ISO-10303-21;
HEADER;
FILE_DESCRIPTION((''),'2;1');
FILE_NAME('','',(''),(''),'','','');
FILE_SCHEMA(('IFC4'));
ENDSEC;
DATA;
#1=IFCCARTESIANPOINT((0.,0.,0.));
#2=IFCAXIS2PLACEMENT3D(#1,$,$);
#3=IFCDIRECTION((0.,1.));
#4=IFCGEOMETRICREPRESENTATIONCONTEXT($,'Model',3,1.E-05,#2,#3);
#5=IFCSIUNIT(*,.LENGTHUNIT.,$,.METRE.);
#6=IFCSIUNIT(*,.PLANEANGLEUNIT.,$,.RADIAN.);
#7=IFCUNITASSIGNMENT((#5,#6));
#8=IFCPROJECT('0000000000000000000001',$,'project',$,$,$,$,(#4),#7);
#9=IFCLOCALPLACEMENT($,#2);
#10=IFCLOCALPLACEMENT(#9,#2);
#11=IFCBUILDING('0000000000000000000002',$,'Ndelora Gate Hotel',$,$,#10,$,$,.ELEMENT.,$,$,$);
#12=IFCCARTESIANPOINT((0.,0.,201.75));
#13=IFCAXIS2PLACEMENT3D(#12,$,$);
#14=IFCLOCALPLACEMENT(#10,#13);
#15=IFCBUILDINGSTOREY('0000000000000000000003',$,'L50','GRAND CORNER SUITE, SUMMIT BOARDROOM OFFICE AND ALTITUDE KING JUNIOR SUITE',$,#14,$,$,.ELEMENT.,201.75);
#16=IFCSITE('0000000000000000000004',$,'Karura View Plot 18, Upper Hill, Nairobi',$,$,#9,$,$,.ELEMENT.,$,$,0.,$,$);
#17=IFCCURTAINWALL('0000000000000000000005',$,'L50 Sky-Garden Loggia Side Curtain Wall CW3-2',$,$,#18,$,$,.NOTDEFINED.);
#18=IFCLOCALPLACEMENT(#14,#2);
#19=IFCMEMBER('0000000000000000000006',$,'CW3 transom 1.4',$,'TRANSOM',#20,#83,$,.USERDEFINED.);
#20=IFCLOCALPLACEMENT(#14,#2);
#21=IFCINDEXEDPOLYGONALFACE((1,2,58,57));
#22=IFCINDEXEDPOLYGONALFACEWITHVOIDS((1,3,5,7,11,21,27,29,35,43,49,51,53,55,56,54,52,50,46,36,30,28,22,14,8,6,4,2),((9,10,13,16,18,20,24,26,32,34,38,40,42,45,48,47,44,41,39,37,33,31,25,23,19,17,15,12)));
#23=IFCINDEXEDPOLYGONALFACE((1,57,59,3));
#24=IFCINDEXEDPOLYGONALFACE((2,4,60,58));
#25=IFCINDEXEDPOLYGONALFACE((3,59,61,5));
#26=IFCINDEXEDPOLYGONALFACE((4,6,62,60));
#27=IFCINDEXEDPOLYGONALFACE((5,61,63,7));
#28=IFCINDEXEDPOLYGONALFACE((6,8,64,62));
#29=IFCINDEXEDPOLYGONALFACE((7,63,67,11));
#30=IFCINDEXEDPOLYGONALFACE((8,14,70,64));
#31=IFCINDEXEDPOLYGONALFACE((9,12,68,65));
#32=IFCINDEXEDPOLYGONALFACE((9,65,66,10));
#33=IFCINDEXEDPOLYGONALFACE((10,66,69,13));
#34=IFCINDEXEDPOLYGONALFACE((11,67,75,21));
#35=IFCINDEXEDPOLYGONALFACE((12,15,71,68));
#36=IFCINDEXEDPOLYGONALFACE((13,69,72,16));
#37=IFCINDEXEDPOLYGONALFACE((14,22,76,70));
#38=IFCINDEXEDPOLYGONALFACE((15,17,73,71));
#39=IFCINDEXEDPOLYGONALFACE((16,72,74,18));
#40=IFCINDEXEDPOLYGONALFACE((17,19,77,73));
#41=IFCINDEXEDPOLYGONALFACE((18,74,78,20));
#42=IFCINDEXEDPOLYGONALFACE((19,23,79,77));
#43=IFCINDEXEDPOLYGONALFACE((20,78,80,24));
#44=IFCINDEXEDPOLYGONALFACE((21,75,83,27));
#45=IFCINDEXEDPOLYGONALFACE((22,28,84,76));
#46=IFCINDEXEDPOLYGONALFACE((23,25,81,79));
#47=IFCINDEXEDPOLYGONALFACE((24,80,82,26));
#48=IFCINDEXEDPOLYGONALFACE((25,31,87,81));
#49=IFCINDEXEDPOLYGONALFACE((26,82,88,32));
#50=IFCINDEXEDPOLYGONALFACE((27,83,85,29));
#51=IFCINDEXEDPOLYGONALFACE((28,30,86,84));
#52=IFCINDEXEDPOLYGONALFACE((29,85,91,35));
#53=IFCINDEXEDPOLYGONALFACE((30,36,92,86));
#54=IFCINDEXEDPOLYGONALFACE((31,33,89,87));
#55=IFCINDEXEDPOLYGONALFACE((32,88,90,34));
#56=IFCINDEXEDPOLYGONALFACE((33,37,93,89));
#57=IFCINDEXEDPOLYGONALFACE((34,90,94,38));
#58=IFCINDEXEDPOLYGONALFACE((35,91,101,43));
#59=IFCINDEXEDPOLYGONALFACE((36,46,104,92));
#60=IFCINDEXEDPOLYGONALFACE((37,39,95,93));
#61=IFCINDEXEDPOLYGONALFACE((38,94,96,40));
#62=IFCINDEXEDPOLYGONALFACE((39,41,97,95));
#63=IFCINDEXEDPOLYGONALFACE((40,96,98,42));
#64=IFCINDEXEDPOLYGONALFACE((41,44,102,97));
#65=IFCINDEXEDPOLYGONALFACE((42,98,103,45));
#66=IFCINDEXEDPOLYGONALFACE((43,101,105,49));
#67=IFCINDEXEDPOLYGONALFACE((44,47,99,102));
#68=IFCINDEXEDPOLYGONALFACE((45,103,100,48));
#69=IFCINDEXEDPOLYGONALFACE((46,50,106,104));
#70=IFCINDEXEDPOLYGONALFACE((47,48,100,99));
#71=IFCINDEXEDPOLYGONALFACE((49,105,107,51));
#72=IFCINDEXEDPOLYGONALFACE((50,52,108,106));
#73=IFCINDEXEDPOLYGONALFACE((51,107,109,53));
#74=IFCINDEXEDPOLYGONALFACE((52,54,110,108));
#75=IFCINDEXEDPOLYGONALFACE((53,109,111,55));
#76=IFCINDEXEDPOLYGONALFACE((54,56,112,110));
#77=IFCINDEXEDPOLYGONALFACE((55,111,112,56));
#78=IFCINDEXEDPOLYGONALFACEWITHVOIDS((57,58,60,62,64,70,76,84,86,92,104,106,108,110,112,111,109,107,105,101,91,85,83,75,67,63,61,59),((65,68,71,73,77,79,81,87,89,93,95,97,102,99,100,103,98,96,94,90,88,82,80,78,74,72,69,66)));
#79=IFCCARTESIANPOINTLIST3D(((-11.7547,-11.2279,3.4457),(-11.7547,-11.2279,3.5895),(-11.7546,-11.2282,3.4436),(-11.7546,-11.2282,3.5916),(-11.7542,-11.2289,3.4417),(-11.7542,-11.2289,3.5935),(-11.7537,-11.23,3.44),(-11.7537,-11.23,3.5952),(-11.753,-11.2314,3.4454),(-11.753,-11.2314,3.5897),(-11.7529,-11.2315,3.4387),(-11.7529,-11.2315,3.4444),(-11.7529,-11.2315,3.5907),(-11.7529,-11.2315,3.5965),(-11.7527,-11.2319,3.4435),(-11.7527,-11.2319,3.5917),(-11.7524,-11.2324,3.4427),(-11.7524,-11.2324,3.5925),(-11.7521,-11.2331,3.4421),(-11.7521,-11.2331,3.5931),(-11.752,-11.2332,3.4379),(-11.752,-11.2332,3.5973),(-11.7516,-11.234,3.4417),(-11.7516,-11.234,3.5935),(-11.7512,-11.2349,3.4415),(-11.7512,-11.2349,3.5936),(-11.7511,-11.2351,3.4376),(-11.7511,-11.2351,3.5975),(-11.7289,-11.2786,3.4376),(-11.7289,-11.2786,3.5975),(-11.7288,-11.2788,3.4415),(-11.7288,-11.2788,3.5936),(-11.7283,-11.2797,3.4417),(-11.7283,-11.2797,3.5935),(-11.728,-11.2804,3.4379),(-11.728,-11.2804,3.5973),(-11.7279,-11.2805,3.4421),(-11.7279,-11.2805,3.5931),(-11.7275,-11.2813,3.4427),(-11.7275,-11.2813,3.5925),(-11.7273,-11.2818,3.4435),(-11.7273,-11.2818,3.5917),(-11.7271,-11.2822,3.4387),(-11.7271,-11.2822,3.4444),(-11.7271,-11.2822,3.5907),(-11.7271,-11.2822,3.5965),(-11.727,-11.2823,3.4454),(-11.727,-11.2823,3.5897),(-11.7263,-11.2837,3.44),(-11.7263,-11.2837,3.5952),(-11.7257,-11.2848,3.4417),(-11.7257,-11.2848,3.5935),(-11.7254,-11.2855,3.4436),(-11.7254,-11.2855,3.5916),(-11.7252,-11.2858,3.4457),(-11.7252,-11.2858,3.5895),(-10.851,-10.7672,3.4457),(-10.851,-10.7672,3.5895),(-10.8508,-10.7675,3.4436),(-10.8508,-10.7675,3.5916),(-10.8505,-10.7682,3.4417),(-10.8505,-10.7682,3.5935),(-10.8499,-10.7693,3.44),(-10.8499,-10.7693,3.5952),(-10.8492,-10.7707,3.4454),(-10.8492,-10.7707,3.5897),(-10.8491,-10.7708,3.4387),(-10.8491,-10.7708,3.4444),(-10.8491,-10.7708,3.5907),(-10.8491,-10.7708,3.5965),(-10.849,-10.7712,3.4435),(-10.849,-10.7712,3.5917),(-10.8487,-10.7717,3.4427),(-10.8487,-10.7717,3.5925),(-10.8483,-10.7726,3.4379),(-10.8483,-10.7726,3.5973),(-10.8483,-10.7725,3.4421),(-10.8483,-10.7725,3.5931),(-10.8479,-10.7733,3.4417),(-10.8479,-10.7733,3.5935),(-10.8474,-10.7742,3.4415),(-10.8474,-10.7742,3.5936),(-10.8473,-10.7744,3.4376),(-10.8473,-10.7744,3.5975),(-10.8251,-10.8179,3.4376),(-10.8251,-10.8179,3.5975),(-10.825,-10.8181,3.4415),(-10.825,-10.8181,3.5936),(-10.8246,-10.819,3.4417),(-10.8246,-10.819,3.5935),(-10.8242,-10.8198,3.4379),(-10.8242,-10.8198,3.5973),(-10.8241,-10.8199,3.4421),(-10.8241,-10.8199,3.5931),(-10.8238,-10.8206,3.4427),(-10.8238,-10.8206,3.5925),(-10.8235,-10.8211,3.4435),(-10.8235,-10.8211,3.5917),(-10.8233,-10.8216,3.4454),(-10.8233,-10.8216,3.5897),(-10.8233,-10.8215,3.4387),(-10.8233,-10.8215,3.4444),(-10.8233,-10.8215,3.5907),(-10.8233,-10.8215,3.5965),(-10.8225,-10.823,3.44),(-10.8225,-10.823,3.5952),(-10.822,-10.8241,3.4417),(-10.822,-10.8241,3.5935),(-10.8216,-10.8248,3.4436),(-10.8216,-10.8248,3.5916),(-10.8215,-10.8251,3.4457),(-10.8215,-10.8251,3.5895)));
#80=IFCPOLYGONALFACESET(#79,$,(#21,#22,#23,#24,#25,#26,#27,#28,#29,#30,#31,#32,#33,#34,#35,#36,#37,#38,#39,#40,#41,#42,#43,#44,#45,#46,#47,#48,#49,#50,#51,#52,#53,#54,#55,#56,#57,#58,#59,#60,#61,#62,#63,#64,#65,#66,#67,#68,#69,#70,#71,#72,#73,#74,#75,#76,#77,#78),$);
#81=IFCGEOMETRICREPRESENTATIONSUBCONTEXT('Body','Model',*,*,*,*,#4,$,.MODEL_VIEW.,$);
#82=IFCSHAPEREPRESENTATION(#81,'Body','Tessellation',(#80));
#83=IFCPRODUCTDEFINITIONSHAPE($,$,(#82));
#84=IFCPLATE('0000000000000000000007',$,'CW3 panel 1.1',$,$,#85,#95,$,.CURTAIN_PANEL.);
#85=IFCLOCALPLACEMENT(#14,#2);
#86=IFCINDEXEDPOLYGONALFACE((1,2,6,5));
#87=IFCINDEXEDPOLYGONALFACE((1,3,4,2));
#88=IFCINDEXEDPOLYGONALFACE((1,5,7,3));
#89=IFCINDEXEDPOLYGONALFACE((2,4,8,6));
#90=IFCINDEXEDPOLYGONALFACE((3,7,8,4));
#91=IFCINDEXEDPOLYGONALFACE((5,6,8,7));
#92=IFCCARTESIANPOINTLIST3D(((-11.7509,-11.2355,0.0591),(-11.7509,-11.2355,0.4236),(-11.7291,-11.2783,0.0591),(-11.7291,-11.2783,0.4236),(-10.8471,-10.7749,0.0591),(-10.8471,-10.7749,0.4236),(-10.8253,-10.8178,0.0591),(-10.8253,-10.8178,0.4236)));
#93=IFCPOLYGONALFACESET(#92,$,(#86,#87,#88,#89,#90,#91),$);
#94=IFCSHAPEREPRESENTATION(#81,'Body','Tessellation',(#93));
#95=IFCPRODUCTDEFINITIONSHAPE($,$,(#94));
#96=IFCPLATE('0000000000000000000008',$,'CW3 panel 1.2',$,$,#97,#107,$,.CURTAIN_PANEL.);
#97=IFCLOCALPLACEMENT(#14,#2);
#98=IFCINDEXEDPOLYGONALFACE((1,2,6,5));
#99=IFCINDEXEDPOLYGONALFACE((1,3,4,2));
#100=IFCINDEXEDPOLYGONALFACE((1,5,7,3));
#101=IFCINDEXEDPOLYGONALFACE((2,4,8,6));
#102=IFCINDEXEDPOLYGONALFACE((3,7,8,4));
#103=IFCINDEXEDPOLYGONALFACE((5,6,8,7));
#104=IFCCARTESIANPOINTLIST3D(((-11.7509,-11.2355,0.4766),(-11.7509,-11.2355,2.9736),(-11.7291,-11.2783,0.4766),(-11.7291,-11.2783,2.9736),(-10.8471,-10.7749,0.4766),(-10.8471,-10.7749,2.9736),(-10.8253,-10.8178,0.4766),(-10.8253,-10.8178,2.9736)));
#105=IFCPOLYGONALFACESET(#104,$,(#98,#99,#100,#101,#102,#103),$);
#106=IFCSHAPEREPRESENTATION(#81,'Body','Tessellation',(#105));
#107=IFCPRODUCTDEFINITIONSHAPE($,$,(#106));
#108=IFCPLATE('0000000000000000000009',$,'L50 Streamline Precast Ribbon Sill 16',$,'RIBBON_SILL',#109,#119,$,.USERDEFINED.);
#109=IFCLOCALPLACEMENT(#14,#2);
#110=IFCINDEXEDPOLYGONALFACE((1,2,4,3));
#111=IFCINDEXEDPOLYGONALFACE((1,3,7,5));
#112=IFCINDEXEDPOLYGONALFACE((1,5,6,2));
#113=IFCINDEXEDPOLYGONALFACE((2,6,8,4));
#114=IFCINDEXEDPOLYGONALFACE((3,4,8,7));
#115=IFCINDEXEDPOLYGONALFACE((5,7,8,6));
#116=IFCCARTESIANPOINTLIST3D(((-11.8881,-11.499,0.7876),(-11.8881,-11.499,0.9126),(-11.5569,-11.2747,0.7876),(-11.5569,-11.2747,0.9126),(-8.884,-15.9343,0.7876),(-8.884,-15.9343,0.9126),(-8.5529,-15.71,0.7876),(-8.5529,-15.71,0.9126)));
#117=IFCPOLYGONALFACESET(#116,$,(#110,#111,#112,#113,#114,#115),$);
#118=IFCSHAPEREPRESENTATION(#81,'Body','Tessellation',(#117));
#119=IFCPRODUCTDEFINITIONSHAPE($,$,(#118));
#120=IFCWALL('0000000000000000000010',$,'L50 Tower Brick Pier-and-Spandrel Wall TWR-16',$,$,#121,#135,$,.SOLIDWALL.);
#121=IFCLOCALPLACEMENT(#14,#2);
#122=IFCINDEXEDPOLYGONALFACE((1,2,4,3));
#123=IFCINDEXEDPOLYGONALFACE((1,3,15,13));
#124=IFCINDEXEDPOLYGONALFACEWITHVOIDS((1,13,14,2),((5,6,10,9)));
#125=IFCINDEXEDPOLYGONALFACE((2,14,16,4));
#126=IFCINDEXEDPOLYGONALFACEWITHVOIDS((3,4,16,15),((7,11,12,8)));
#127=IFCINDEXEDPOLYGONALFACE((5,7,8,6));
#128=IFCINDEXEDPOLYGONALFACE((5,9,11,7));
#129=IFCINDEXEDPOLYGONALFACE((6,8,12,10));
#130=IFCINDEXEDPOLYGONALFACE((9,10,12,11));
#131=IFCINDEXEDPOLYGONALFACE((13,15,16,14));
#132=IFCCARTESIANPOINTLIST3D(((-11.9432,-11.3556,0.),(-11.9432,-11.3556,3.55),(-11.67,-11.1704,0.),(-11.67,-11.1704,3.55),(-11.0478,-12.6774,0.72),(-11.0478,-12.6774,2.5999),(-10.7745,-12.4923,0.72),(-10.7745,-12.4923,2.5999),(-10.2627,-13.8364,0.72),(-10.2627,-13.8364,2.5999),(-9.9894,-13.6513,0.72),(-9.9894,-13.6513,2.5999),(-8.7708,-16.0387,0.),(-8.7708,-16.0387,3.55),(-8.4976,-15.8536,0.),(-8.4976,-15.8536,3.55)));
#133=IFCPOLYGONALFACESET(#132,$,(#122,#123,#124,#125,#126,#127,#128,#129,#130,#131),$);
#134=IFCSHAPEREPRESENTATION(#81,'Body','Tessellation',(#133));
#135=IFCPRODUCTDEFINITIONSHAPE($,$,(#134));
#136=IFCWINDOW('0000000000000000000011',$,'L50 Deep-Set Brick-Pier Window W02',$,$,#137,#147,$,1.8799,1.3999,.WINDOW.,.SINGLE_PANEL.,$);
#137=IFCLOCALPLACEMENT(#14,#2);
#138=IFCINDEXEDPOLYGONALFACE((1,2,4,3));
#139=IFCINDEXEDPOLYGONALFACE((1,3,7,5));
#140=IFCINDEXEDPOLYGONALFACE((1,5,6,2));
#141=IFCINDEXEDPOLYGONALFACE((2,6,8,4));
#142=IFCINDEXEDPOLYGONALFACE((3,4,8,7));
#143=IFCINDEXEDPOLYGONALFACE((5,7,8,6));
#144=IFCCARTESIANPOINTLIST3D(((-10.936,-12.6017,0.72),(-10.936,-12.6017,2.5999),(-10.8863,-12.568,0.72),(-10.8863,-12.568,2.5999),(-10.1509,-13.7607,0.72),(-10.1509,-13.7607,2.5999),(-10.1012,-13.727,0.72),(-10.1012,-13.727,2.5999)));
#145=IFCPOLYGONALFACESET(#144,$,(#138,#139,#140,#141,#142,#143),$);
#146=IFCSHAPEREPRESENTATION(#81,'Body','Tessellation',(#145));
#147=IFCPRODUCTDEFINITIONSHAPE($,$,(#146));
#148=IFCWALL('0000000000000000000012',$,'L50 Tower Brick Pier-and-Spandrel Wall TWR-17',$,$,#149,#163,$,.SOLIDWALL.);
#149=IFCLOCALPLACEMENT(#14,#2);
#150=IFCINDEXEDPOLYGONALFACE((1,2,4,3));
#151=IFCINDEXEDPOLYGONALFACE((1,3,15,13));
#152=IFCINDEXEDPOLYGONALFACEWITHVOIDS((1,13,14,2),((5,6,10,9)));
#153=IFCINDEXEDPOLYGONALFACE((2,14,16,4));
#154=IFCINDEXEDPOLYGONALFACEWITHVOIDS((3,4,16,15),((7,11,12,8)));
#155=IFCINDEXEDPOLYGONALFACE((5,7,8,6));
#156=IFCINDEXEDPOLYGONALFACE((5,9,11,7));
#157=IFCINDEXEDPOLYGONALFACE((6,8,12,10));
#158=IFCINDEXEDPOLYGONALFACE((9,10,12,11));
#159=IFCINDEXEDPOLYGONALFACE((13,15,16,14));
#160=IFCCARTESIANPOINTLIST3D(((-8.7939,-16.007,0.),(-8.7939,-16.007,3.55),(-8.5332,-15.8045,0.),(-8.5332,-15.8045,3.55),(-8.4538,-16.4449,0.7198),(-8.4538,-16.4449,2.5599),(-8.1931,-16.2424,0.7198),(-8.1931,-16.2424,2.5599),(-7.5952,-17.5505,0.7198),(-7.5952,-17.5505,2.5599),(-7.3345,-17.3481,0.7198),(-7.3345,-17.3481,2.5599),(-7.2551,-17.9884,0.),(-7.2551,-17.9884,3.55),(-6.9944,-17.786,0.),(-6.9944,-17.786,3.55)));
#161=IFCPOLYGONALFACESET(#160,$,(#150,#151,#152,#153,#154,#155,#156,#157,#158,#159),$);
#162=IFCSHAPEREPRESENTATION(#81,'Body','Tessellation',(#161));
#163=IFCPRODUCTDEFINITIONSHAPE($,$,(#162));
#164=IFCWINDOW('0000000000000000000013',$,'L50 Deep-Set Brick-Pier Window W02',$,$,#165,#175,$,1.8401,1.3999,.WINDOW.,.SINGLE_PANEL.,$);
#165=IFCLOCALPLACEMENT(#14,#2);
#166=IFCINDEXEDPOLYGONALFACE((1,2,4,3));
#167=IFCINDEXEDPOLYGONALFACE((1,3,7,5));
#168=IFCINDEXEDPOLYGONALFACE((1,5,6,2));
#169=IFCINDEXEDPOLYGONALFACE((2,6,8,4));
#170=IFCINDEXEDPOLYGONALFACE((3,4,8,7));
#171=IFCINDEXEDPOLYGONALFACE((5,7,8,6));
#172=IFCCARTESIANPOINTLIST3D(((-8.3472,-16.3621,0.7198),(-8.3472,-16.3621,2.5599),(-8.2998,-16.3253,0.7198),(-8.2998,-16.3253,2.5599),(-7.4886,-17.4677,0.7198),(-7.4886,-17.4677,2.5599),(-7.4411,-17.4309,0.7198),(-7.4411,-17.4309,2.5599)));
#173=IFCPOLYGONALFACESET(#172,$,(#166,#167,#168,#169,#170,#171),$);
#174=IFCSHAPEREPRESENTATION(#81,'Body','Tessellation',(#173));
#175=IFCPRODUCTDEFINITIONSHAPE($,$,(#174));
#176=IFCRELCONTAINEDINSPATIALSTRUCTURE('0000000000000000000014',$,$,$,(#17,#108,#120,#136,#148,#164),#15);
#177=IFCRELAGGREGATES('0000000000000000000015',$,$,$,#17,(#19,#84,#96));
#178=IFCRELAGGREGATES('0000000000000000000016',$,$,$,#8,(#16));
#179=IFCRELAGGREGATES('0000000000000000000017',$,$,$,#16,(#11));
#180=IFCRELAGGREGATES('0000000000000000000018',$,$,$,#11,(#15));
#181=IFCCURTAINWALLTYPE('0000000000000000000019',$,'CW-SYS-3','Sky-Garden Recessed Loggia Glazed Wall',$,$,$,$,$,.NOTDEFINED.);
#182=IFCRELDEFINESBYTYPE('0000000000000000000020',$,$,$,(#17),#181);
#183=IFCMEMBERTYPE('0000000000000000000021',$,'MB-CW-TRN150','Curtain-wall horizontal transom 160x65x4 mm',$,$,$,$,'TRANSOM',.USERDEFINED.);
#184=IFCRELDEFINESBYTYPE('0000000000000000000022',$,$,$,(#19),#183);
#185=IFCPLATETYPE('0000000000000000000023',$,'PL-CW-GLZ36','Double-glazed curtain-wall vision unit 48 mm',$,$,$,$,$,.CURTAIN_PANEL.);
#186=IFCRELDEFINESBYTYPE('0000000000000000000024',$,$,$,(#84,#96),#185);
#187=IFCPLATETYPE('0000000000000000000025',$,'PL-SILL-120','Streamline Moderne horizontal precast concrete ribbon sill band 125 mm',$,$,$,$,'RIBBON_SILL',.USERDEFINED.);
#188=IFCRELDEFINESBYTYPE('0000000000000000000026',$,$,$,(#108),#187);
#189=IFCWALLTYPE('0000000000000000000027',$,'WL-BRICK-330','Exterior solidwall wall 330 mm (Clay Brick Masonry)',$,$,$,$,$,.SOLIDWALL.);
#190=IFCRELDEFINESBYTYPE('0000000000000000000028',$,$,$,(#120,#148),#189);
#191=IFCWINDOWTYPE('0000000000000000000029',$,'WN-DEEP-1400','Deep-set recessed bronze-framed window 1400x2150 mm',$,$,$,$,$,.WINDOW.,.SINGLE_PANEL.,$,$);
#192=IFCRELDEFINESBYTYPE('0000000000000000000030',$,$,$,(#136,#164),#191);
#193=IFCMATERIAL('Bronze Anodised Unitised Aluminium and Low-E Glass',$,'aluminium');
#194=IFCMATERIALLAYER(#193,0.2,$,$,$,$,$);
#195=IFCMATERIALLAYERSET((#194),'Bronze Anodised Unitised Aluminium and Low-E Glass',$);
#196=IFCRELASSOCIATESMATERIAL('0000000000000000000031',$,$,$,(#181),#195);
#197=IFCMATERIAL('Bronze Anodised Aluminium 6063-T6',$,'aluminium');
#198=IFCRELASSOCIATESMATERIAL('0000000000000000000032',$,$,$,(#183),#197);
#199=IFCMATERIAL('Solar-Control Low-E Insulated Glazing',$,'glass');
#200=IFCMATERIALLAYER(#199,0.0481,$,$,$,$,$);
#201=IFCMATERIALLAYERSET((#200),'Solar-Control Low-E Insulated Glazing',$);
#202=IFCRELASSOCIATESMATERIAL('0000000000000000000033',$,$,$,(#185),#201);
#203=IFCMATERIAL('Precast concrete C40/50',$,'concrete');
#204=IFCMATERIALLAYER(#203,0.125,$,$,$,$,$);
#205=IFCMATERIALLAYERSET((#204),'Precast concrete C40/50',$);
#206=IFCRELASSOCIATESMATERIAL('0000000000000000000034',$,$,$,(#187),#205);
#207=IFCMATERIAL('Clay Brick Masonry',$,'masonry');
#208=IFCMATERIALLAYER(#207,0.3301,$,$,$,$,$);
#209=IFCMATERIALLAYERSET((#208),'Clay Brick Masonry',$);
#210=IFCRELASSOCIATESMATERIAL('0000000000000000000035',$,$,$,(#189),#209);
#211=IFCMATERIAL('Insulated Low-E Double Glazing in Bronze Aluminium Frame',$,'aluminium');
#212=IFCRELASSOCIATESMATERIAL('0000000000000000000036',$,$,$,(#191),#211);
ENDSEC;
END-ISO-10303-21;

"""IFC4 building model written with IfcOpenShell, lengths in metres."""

from ifc_helpers import new_model, si_unit, direction, frame, frame_2d, origin, origin_2d, place, context, subcontext, project, spatial, rectangle, hollow_rectangle, extrude, material, layer, layer_set, material_profile, profile_set, type_object, element, fill, aggregate, save


model = new_model("IFC4")

# Units and contexts
model_context = context("Model", 3, precision=1e-05, world=origin(), true_north=direction((0.0, 1.0)))
body_context = subcontext(model_context, "Body", "Model", "MODEL_VIEW")
ifc_project = project(units=[si_unit("LENGTHUNIT", "METRE"), si_unit("PLANEANGLEUNIT", "RADIAN")], contexts=[model_context])

# Site, building, storey
site_placement = place(None, origin())
site = spatial("IfcSite", under=ifc_project, at=site_placement, Name="Karura View Plot 18, Upper Hill, Nairobi", CompositionType="ELEMENT", RefElevation=0.0)
building_placement = place(site_placement, origin())
building = spatial("IfcBuilding", under=site, at=building_placement, Name="Ndelora Gate Hotel", CompositionType="ELEMENT")
storey_placement = place(building_placement, frame((0.0, 0.0, 201.75)))
storey = spatial("IfcBuildingStorey", under=building, at=storey_placement, Name="L50", Description="GRAND CORNER SUITE, SUMMIT BOARDROOM OFFICE AND ALTITUDE KING JUNIOR SUITE", CompositionType="ELEMENT", Elevation=201.75)

# Curtain wall, member, plates
ifc_material_1 = material(Name="Bronze Anodised Unitised Aluminium and Low-E Glass", Category="aluminium")
ifc_layer_1 = layer(ifc_material_1, 0.2)
ifc_layer_set_1 = layer_set([ifc_layer_1], Name="Bronze Anodised Unitised Aluminium and Low-E Glass")
curtain_wall_type = type_object("IfcCurtainWallType", Name="CW-SYS-3", Description="Sky-Garden Recessed Loggia Glazed Wall", PredefinedType="NOTDEFINED", material=ifc_layer_set_1)
curtain_wall_placement = place(storey_placement, origin())
curtain_wall = element("IfcCurtainWall", 1, at=curtain_wall_placement, inside=storey, type_object=curtain_wall_type, Name="L50 Sky-Garden Loggia Side Curtain Wall CW3-2", PredefinedType="NOTDEFINED")
ifc_material_2 = material(Name="Bronze Anodised Aluminium 6063-T6", Category="aluminium")
ifc_material_profile_1 = material_profile(ifc_material_2, hollow_rectangle(XDim=0.0649, YDim=0.1599, WallThickness=0.0039, InnerFilletRadius=0.0039, OuterFilletRadius=0.0081, at=origin_2d()), Name="ALU 160x65x4")
ifc_profile_set_1 = profile_set([ifc_material_profile_1], Name="Bronze Anodised Aluminium 6063-T6")
member_type_1 = type_object("IfcMemberType", Name="MB-CW-TRN150", Description="Curtain-wall horizontal transom 160x65x4 mm", ElementType="TRANSOM", PredefinedType="USERDEFINED", material=ifc_profile_set_1)
member_1_placement = place(storey_placement, frame((-11.74, -11.2568, 3.5176), z_axis=(0.890935, 0.454131, 0.0), x_axis=(-0.454131, 0.890935, 0.0)))
member_1 = element("IfcMember", 2, at=member_1_placement, type_object=member_type_1, Name="CW3 transom 1.4", ObjectType="TRANSOM", PredefinedType="USERDEFINED", context=body_context, shape_type="SweptSolid", body=[
    extrude(hollow_rectangle(XDim=0.0649, YDim=0.1599, WallThickness=0.0039, InnerFilletRadius=0.0039, OuterFilletRadius=0.0081, at=origin_2d()), origin(), (0.0, 0.0, 1.0), 1.0144),
])
ifc_material_3 = material(Name="Solar-Control Low-E Insulated Glazing", Category="glass")
ifc_layer_2 = layer(ifc_material_3, 0.0481)
ifc_layer_set_2 = layer_set([ifc_layer_2], Name="Solar-Control Low-E Insulated Glazing")
plate_type_1 = type_object("IfcPlateType", Name="PL-CW-GLZ36", Description="Double-glazed curtain-wall vision unit 48 mm", PredefinedType="CURTAIN_PANEL", material=ifc_layer_set_2)
plate_1_placement = place(storey_placement, frame((-11.2881, -11.0266, 0.0591), z_axis=(0.0, 0.0, 1.0), x_axis=(0.891001, 0.454001, 0.0)))
plate_1 = element("IfcPlate", 3, at=plate_1_placement, type_object=plate_type_1, Name="CW3 panel 1.1", PredefinedType="CURTAIN_PANEL", context=body_context, shape_type="SweptSolid", body=[
    extrude(rectangle(XDim=1.0144, YDim=0.0481, at=origin_2d()), origin(), (0.0, 0.0, 1.0), 0.3645),
])
plate_2_placement = place(storey_placement, frame((-11.2881, -11.0266, 0.4766), z_axis=(0.0, 0.0, 1.0), x_axis=(0.891001, 0.454001, 0.0)))
plate_2 = element("IfcPlate", 4, at=plate_2_placement, type_object=plate_type_1, Name="CW3 panel 1.2", PredefinedType="CURTAIN_PANEL", context=body_context, shape_type="SweptSolid", body=[
    extrude(rectangle(XDim=1.0144, YDim=0.0481, at=origin_2d()), origin(), (0.0, 0.0, 1.0), 2.4971),
])
aggregate(curtain_wall, [member_1, plate_1, plate_2])

# Plate
ifc_material_4 = material(Name="Precast concrete C40/50", Category="concrete")
ifc_layer_3 = layer(ifc_material_4, 0.125)
ifc_layer_set_3 = layer_set([ifc_layer_3], Name="Precast concrete C40/50")
plate_type_2 = type_object("IfcPlateType", Name="PL-SILL-120", Description="Streamline Moderne horizontal precast concrete ribbon sill band 125 mm", ElementType="RIBBON_SILL", PredefinedType="USERDEFINED", material=ifc_layer_set_3)
plate_3_placement = place(storey_placement, frame((-10.2205, -13.6045, 0.7876), z_axis=(0.0, 0.0, 1.0), x_axis=(-0.560784, 0.827962, 0.0)))
element("IfcPlate", 5, at=plate_3_placement, inside=storey, type_object=plate_type_2, Name="L50 Streamline Precast Ribbon Sill 16", ObjectType="RIBBON_SILL", PredefinedType="USERDEFINED", context=body_context, shape_type="SweptSolid", body=[
    extrude(rectangle(XDim=5.3569, YDim=0.3999, at=origin_2d()), origin(), (0.0, 0.0, 1.0), 0.125),
])

# Walls, openings, windows
ifc_material_5 = material(Name="Clay Brick Masonry", Category="masonry")
ifc_layer_4 = layer(ifc_material_5, 0.3301)
ifc_layer_set_4 = layer_set([ifc_layer_4], Name="Clay Brick Masonry")
wall_type = type_object("IfcWallType", Name="WL-BRICK-330", Description="Exterior solidwall wall 330 mm (Clay Brick Masonry)", PredefinedType="SOLIDWALL", material=ifc_layer_set_4)
wall_1_placement = place(storey_placement, frame((-8.6343, -15.946, 0.0), z_axis=(0.0, 0.0, 1.0), x_axis=(-0.560841, 0.827924, 0.0)))
wall_1 = element("IfcWall", 6, at=wall_1_placement, inside=storey, type_object=wall_type, Name="L50 Tower Brick Pier-and-Spandrel Wall TWR-16", PredefinedType="SOLIDWALL", context=body_context, shape_type="SweptSolid", body=[
    extrude(rectangle(XDim=5.6565, YDim=0.3301, at=frame_2d((2.8281, 0.0))), origin(), (0.0, 0.0, 1.0), 3.55),
])
opening_1_placement = place(wall_1_placement, frame((2.6599, 0.0, 0.72)))
opening_1 = element("IfcOpeningElement", 7, at=opening_1_placement, cuts=wall_1, PredefinedType="OPENING", context=body_context, shape_type="SweptSolid", body=[
    extrude(rectangle(XDim=1.3999, YDim=1.8799, at=frame_2d((0.7, 0.9399))), frame((0.0, 0.175, 0.0), z_axis=(0.0, -1.0, 0.0), x_axis=(1.0, 0.0, 0.0)), (0.0, 0.0, 1.0), 0.3501),
])
ifc_material_6 = material(Name="Insulated Low-E Double Glazing in Bronze Aluminium Frame", Category="aluminium")
window_type = type_object("IfcWindowType", Name="WN-DEEP-1400", Description="Deep-set recessed bronze-framed window 1400x2150 mm", PartitioningType="SINGLE_PANEL", PredefinedType="WINDOW", material=ifc_material_6)
window_1_placement = place(opening_1_placement, origin())
window_1 = element("IfcWindow", 8, at=window_1_placement, inside=storey, type_object=window_type, Name="L50 Deep-Set Brick-Pier Window W02", OverallHeight=1.8799, OverallWidth=1.3999, PartitioningType="SINGLE_PANEL", PredefinedType="WINDOW", context=body_context, shape_type="SweptSolid", body=[
    extrude(rectangle(XDim=1.3999, YDim=1.8799, at=frame_2d((0.7, 0.9399))), frame((0.0, 0.03, 0.0), z_axis=(0.0, -1.0, 0.0), x_axis=(1.0, 0.0, 0.0)), (0.0, 0.0, 1.0), 0.0601),
])
fill(opening_1, window_1)
wall_2_placement = place(storey_placement, frame((-7.1248, -17.8872, 0.0), z_axis=(0.0, 0.0, 1.0), x_axis=(-0.613368, 0.789797, 0.0)))
wall_2 = element("IfcWall", 9, at=wall_2_placement, inside=storey, type_object=wall_type, Name="L50 Tower Brick Pier-and-Spandrel Wall TWR-17", PredefinedType="SOLIDWALL", context=body_context, shape_type="SweptSolid", body=[
    extrude(rectangle(XDim=2.5088, YDim=0.3301, at=frame_2d((1.2544, 0.0))), origin(), (0.0, 0.0, 1.0), 3.55),
])
opening_2_placement = place(wall_2_placement, frame((0.5544, 0.0, 0.72)))
opening_2 = element("IfcOpeningElement", 10, at=opening_2_placement, cuts=wall_2, PredefinedType="OPENING", context=body_context, shape_type="SweptSolid", body=[
    extrude(rectangle(XDim=1.3999, YDim=1.8401, at=frame_2d((0.7, 0.9199))), frame((0.0, 0.175, 0.0), z_axis=(0.0, -1.0, 0.0), x_axis=(1.0, 0.0, 0.0)), (0.0, 0.0, 1.0), 0.3501),
])
window_2_placement = place(opening_2_placement, origin())
window_2 = element("IfcWindow", 11, at=window_2_placement, inside=storey, type_object=window_type, Name="L50 Deep-Set Brick-Pier Window W02", OverallHeight=1.8401, OverallWidth=1.3999, PartitioningType="SINGLE_PANEL", PredefinedType="WINDOW", context=body_context, shape_type="SweptSolid", body=[
    extrude(rectangle(XDim=1.3999, YDim=1.8401, at=frame_2d((0.7, 0.9199))), frame((0.0, 0.03, 0.0), z_axis=(0.0, -1.0, 0.0), x_axis=(1.0, 0.0, 0.0)), (0.0, 0.0, 1.0), 0.0601),
])
fill(opening_2, window_2)

save(model, "model.ifc")
